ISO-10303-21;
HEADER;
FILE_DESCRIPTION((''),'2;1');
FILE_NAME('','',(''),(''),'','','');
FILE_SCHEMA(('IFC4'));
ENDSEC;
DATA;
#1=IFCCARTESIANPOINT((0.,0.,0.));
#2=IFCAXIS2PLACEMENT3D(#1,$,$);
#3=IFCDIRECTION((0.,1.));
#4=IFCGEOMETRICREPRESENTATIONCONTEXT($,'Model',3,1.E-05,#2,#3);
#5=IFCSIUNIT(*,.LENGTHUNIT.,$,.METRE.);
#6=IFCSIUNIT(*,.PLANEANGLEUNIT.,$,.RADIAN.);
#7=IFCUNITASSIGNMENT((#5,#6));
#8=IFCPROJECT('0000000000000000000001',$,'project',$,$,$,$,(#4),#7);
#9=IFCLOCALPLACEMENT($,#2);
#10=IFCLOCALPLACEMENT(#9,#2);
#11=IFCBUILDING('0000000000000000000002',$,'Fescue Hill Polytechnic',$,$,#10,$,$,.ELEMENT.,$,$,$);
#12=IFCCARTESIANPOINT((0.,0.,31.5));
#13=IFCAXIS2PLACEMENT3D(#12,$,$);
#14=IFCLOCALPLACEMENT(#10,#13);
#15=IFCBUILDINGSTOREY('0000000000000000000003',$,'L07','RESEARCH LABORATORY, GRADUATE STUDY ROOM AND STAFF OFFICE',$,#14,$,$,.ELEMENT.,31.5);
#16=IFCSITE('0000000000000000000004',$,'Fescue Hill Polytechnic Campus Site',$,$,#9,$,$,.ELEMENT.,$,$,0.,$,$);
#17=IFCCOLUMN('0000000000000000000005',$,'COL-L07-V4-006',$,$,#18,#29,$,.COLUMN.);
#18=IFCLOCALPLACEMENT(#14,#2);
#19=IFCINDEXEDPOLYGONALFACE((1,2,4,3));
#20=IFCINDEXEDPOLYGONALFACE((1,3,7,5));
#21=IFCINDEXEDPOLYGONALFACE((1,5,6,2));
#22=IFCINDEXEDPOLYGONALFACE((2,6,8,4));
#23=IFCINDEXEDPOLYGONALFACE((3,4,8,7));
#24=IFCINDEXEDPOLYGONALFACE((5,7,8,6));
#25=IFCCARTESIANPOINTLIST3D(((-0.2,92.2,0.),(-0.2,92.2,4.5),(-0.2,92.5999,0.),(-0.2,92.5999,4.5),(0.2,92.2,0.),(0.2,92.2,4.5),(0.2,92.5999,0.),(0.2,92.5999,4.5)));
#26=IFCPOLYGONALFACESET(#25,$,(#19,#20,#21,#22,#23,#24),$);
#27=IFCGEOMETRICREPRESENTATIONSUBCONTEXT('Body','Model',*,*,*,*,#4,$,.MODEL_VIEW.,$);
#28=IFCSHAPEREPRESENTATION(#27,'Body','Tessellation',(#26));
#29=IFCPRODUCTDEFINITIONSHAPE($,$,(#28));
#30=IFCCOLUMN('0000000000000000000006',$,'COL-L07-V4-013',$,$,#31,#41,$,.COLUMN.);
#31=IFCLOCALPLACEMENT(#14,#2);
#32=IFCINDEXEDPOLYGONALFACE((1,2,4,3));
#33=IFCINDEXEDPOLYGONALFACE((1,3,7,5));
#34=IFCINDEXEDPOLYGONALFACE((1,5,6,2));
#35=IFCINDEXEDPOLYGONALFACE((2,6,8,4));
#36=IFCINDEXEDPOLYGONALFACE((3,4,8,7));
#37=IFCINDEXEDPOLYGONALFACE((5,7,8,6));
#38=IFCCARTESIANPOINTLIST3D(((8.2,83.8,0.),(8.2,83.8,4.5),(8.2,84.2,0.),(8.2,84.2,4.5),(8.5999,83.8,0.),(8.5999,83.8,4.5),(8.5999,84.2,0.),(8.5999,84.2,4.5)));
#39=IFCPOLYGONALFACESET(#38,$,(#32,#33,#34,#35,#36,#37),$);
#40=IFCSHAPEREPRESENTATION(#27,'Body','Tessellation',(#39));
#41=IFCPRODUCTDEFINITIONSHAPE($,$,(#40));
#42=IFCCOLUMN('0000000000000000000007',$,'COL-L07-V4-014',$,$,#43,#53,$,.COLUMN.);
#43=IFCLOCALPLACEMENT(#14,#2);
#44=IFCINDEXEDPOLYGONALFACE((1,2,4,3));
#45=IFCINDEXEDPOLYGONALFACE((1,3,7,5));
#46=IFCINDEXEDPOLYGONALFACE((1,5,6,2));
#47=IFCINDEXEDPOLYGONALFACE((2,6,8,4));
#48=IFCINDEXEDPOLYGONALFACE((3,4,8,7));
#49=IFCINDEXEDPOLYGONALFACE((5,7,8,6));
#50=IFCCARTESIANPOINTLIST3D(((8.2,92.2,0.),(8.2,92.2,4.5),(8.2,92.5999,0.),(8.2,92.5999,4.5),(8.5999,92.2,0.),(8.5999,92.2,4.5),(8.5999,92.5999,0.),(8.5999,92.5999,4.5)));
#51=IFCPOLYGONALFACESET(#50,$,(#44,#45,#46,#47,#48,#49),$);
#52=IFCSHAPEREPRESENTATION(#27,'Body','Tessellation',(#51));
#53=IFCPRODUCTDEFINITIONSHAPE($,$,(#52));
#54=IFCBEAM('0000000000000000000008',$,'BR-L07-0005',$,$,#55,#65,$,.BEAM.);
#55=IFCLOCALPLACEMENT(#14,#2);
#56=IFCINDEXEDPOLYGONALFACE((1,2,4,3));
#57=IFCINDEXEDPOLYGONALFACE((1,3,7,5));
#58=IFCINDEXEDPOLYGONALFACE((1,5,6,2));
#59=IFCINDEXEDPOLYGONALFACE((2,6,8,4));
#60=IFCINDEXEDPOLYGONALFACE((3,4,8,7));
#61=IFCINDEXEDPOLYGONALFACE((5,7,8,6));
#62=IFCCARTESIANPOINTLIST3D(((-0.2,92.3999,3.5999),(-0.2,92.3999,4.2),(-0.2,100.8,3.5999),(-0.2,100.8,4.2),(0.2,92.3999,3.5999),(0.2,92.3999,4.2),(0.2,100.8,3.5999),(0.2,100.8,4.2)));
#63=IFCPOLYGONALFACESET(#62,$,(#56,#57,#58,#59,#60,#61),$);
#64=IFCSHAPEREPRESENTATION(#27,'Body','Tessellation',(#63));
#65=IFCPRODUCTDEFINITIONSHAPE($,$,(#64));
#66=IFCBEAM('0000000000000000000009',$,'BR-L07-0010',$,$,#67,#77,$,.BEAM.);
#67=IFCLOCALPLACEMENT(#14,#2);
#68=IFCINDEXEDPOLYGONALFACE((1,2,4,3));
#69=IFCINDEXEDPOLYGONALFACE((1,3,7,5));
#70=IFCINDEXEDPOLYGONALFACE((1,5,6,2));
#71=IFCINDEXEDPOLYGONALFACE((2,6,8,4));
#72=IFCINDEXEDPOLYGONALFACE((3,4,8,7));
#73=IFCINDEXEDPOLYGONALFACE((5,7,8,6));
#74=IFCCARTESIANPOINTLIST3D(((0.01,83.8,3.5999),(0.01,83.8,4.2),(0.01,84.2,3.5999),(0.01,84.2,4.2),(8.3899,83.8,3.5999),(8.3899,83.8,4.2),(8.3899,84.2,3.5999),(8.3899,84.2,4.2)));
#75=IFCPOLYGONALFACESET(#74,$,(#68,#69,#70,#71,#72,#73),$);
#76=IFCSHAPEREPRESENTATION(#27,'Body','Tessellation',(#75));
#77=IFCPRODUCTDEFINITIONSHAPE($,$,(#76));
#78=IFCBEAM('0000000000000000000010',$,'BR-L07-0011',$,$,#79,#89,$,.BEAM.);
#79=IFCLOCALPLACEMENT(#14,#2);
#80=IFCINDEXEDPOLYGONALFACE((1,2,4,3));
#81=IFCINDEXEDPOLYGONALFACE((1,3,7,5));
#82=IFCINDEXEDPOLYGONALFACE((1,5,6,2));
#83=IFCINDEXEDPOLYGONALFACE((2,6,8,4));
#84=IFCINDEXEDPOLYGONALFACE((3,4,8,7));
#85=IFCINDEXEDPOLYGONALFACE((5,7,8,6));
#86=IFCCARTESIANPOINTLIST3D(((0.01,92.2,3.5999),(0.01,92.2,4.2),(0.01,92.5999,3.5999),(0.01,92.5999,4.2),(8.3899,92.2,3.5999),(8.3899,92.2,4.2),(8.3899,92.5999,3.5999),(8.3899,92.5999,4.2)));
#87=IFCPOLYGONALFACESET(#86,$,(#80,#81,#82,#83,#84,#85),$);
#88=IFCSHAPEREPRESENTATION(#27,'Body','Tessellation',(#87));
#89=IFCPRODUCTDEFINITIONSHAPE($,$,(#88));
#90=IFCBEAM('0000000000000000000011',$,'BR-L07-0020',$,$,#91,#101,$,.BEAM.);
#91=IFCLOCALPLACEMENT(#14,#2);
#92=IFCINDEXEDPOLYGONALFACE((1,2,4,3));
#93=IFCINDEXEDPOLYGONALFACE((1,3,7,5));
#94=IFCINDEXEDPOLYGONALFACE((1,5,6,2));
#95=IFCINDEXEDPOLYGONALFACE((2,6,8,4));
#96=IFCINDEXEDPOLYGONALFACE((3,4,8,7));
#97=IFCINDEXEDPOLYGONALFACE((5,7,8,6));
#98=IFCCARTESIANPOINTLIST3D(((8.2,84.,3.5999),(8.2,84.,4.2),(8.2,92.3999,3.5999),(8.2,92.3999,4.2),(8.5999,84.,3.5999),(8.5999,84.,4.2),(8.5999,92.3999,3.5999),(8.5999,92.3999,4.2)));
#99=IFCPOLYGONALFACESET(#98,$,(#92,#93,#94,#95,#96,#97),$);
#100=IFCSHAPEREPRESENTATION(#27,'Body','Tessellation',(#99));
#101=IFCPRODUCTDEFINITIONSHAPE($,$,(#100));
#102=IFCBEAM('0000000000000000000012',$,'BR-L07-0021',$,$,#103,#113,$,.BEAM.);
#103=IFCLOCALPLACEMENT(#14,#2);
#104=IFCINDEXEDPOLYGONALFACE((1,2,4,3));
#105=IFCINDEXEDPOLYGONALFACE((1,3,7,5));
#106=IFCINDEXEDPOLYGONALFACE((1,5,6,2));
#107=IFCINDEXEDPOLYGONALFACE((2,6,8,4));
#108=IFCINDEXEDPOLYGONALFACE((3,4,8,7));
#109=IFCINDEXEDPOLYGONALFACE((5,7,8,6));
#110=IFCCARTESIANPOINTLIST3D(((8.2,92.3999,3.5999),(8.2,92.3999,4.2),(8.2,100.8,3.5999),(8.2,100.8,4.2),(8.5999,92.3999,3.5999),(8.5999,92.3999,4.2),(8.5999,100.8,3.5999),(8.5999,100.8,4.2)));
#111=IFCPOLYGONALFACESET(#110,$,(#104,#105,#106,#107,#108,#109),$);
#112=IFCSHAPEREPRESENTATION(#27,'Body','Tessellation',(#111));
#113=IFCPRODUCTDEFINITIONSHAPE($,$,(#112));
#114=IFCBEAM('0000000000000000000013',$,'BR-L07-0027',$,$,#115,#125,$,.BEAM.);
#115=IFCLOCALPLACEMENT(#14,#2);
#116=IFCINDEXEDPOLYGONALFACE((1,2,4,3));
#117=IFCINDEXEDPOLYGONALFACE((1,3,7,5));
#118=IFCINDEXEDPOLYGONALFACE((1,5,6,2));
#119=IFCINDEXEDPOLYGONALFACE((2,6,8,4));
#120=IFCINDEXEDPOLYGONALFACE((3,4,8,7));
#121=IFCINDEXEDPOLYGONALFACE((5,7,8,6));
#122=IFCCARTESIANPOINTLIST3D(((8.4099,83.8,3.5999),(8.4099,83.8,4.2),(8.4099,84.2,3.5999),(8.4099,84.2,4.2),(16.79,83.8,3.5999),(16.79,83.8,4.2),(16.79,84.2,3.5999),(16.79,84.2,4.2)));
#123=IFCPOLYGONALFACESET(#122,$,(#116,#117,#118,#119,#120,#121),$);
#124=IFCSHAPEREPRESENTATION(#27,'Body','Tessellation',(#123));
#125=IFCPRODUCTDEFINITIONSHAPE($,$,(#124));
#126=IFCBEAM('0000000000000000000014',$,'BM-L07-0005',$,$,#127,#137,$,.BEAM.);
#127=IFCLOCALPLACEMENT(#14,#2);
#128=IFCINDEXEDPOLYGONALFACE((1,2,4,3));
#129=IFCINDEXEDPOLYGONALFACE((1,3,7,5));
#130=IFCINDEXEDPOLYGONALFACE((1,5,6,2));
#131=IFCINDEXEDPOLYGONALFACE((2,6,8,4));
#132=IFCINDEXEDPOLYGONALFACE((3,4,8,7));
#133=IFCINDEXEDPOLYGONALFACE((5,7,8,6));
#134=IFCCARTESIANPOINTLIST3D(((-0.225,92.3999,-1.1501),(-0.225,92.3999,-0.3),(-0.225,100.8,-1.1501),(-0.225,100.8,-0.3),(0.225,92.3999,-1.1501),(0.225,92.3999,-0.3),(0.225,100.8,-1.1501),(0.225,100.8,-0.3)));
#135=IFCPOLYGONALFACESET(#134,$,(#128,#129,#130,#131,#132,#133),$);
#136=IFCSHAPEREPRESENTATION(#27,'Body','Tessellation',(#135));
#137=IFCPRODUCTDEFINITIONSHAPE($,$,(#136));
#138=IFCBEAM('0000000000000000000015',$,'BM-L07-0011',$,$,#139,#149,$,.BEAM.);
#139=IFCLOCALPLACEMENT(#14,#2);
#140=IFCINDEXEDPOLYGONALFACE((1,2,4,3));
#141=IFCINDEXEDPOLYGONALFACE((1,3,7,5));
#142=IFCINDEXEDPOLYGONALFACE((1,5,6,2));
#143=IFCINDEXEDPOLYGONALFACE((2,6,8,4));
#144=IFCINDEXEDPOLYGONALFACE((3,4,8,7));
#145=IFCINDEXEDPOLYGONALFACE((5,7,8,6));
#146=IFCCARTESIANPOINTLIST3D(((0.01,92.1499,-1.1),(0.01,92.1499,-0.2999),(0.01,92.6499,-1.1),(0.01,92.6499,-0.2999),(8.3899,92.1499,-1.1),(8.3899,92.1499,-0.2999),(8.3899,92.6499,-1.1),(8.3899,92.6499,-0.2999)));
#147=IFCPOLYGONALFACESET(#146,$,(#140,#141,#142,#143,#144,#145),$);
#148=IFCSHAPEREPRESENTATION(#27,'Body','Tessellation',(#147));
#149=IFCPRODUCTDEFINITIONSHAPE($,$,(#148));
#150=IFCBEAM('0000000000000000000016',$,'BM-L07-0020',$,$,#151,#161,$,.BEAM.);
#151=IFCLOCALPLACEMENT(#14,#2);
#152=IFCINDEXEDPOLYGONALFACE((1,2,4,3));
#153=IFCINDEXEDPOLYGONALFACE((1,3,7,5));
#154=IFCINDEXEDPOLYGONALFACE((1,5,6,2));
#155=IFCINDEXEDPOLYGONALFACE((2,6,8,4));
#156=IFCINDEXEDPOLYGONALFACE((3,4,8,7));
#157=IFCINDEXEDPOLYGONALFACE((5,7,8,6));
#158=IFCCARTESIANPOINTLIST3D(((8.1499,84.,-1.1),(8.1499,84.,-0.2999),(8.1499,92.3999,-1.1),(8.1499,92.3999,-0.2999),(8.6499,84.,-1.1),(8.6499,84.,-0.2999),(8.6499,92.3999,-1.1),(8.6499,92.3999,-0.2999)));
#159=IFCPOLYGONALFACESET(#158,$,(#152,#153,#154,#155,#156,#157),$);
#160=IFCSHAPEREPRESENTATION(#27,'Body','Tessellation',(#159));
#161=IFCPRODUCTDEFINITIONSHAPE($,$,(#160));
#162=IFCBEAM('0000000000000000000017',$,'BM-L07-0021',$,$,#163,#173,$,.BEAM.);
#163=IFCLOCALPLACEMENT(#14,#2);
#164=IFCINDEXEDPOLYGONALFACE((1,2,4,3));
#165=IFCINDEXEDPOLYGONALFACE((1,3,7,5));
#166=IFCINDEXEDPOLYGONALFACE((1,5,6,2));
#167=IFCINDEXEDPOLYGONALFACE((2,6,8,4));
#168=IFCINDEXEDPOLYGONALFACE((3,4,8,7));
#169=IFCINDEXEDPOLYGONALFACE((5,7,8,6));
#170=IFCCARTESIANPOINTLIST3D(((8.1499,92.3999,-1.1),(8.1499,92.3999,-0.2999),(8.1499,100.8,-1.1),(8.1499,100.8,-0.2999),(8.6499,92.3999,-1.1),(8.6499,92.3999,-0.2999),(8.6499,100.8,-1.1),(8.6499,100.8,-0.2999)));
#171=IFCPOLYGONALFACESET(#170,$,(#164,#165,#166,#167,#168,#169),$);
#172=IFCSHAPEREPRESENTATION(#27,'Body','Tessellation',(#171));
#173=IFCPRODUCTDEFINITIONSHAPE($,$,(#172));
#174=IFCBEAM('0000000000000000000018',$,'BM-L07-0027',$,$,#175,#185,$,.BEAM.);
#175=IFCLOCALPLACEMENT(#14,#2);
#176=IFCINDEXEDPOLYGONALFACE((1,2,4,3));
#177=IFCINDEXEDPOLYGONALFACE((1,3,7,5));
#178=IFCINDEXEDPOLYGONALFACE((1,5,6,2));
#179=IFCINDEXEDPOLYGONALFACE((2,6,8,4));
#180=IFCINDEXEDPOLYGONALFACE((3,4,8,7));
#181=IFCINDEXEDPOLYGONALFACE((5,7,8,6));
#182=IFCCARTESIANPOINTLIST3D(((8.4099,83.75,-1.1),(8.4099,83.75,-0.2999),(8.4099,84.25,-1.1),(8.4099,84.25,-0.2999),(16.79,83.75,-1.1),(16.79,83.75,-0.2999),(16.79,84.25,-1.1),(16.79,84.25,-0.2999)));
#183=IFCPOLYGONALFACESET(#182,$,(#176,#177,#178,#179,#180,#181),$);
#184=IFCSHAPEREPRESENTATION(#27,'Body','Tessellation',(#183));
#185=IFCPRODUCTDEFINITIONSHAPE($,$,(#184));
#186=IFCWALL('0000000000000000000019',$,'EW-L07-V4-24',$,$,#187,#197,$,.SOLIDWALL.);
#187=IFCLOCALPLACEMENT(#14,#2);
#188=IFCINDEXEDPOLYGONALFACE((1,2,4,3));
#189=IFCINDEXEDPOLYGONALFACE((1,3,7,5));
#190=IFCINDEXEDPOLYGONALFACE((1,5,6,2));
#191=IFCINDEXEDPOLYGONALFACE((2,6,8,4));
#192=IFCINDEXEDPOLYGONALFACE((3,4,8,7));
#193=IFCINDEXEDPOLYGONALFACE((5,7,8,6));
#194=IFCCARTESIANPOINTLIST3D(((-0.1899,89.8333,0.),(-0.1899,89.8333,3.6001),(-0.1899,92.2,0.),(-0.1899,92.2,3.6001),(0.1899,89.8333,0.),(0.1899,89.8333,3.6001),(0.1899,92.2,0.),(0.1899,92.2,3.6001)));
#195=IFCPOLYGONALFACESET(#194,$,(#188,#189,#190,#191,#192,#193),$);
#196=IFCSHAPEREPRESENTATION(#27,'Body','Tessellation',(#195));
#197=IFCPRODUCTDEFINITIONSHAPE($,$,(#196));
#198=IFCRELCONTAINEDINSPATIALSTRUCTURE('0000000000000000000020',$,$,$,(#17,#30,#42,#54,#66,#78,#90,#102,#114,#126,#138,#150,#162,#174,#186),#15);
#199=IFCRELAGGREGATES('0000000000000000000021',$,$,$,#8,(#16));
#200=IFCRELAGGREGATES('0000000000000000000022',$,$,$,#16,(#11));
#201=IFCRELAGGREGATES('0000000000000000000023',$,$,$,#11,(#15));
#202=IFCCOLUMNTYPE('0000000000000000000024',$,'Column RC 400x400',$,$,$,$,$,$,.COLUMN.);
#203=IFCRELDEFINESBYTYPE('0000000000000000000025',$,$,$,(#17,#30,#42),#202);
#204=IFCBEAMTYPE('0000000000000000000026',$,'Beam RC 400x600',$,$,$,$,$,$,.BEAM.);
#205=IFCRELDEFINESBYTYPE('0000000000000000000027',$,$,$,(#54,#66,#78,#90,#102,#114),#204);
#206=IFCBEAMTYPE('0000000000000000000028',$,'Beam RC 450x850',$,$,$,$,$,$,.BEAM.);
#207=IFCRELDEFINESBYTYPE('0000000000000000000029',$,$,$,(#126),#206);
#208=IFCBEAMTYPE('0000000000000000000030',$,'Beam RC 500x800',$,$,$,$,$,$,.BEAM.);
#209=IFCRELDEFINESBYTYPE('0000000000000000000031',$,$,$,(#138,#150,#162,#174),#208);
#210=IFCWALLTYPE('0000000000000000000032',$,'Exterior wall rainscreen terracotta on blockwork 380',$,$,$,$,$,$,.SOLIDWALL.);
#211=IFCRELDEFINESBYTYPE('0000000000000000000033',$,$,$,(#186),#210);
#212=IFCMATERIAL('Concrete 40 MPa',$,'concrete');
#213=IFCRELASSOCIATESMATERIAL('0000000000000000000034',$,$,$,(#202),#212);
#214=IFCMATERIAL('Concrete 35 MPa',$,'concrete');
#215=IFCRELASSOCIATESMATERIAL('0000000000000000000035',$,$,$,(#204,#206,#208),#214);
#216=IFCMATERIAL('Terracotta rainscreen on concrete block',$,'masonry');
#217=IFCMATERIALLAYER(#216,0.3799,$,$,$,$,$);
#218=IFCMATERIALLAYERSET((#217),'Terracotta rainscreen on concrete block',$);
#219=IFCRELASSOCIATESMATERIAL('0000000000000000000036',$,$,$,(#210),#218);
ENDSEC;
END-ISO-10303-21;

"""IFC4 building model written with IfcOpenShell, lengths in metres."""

from ifc_helpers import new_model, si_unit, direction, frame, frame_2d, origin, origin_2d, place, context, subcontext, project, spatial, rectangle, extrude, material, layer, layer_set, material_profile, profile_set, type_object, element, save


model = new_model("IFC4")

# Units and contexts
model_context = context("Model", 3, precision=1e-05, world=origin(), true_north=direction((0.0, 1.0)))
body_context = subcontext(model_context, "Body", "Model", "MODEL_VIEW")
ifc_project = project(units=[si_unit("LENGTHUNIT", "METRE"), si_unit("PLANEANGLEUNIT", "RADIAN")], contexts=[model_context])

# Site, building, storey
site_placement = place(None, origin())
site = spatial("IfcSite", under=ifc_project, at=site_placement, Name="Fescue Hill Polytechnic Campus Site", CompositionType="ELEMENT", RefElevation=0.0)
building_placement = place(site_placement, origin())
building = spatial("IfcBuilding", under=site, at=building_placement, Name="Fescue Hill Polytechnic", CompositionType="ELEMENT")
storey_placement = place(building_placement, frame((0.0, 0.0, 31.5)))
storey = spatial("IfcBuildingStorey", under=building, at=storey_placement, Name="L07", Description="RESEARCH LABORATORY, GRADUATE STUDY ROOM AND STAFF OFFICE", CompositionType="ELEMENT", Elevation=31.5)

# Columns
ifc_material_1 = material(Name="Concrete 40 MPa", Category="concrete")
ifc_material_profile_1 = material_profile(ifc_material_1, rectangle(XDim=0.3999, YDim=0.3999, at=origin_2d()), Name="RC 400x400")
ifc_profile_set_1 = profile_set([ifc_material_profile_1], Name="Concrete 40 MPa")
column_type = type_object("IfcColumnType", Name="Column RC 400x400", PredefinedType="COLUMN", material=ifc_profile_set_1)
for number, where, z_axis, x_axis, name in (
    (1, (0.0, 92.3999, 0.0), (0.0, 0.0, 1.0), (1.0, 0.0, 0.0), "COL-L07-V4-006"),
    (2, (8.3999, 84.0, 0.0), (0.0, 0.0, 1.0), (1.0, 0.0, 0.0), "COL-L07-V4-013"),
    (3, (8.3999, 92.3999, 0.0), (0.0, 0.0, 1.0), (1.0, 0.0, 0.0), "COL-L07-V4-014"),
):
    element("IfcColumn", number, at=place(storey_placement, frame(where, z_axis=z_axis, x_axis=x_axis)), inside=storey, type_object=column_type, Name=name, PredefinedType="COLUMN", context=body_context, shape_type="SweptSolid", body=[
        extrude(rectangle(XDim=0.3999, YDim=0.3999, at=origin_2d()), origin(), (0.0, 0.0, 1.0), 4.5),
    ])

# Beams
ifc_material_2 = material(Name="Concrete 35 MPa", Category="concrete")
ifc_material_profile_2 = material_profile(ifc_material_2, rectangle(XDim=0.3999, YDim=0.6001, at=origin_2d()), Name="RC 400x600")
ifc_profile_set_2 = profile_set([ifc_material_profile_2], Name="Concrete 35 MPa")
beam_type_1 = type_object("IfcBeamType", Name="Beam RC 400x600", PredefinedType="BEAM", material=ifc_profile_set_2)
beam_1_placement = place(storey_placement, frame((0.0, 92.3999, 3.8999), z_axis=(0.0, 1.0, 0.0), x_axis=(-1.0, 0.0, 0.0)))
element("IfcBeam", 4, at=beam_1_placement, inside=storey, type_object=beam_type_1, Name="BR-L07-0005", PredefinedType="BEAM", context=body_context, shape_type="SweptSolid", body=[
    extrude(rectangle(XDim=0.3999, YDim=0.6001, at=origin_2d()), origin(), (0.0, 0.0, 1.0), 8.4001),
])
for number, where, z_axis, x_axis, name in (
    (5, (0.01, 84.0, 3.8999), (1.0, 0.0, 0.0), (0.0, 1.0, 0.0), "BR-L07-0010"),
    (6, (0.01, 92.3999, 3.8999), (1.0, 0.0, 0.0), (0.0, 1.0, 0.0), "BR-L07-0011"),
):
    element("IfcBeam", number, at=place(storey_placement, frame(where, z_axis=z_axis, x_axis=x_axis)), inside=storey, type_object=beam_type_1, Name=name, PredefinedType="BEAM", context=body_context, shape_type="SweptSolid", body=[
        extrude(rectangle(XDim=0.3999, YDim=0.6001, at=origin_2d()), origin(), (0.0, 0.0, 1.0), 8.3799),
    ])
beam_2_placement = place(storey_placement, frame((8.3999, 84.0, 3.8999), z_axis=(0.0, 1.0, 0.0), x_axis=(-1.0, 0.0, 0.0)))
element("IfcBeam", 7, at=beam_2_placement, inside=storey, type_object=beam_type_1, Name="BR-L07-0020", PredefinedType="BEAM", context=body_context, shape_type="SweptSolid", body=[
    extrude(rectangle(XDim=0.3999, YDim=0.6001, at=origin_2d()), origin(), (0.0, 0.0, 1.0), 8.3999),
])
beam_3_placement = place(storey_placement, frame((8.3999, 92.3999, 3.8999), z_axis=(0.0, 1.0, 0.0), x_axis=(-1.0, 0.0, 0.0)))
element("IfcBeam", 8, at=beam_3_placement, inside=storey, type_object=beam_type_1, Name="BR-L07-0021", PredefinedType="BEAM", context=body_context, shape_type="SweptSolid", body=[
    extrude(rectangle(XDim=0.3999, YDim=0.6001, at=origin_2d()), origin(), (0.0, 0.0, 1.0), 8.4001),
])
beam_4_placement = place(storey_placement, frame((8.4099, 84.0, 3.8999), z_axis=(1.0, 0.0, 0.0), x_axis=(0.0, 1.0, 0.0)))
element("IfcBeam", 9, at=beam_4_placement, inside=storey, type_object=beam_type_1, Name="BR-L07-0027", PredefinedType="BEAM", context=body_context, shape_type="SweptSolid", body=[
    extrude(rectangle(XDim=0.3999, YDim=0.6001, at=origin_2d()), origin(), (0.0, 0.0, 1.0), 8.3801),
])
ifc_material_profile_3 = material_profile(ifc_material_2, rectangle(XDim=0.45, YDim=0.8501, at=origin_2d()), Name="RC 450x850")
ifc_profile_set_3 = profile_set([ifc_material_profile_3], Name="Concrete 35 MPa")
beam_type_2 = type_object("IfcBeamType", Name="Beam RC 450x850", PredefinedType="BEAM", material=ifc_profile_set_3)
beam_5_placement = place(storey_placement, frame((0.0, 92.3999, -0.7251), z_axis=(0.0, 1.0, 0.0), x_axis=(-1.0, 0.0, 0.0)))
element("IfcBeam", 10, at=beam_5_placement, inside=storey, type_object=beam_type_2, Name="BM-L07-0005", PredefinedType="BEAM", context=body_context, shape_type="SweptSolid", body=[
    extrude(rectangle(XDim=0.45, YDim=0.8501, at=origin_2d()), origin(), (0.0, 0.0, 1.0), 8.4001),
])
ifc_material_profile_4 = material_profile(ifc_material_2, rectangle(XDim=0.5, YDim=0.8, at=origin_2d()), Name="RC 500x800")
ifc_profile_set_4 = profile_set([ifc_material_profile_4], Name="Concrete 35 MPa")
beam_type_3 = type_object("IfcBeamType", Name="Beam RC 500x800", PredefinedType="BEAM", material=ifc_profile_set_4)
beam_6_placement = place(storey_placement, frame((0.01, 92.3999, -0.7), z_axis=(1.0, 0.0, 0.0), x_axis=(0.0, 1.0, 0.0)))
element("IfcBeam", 11, at=beam_6_placement, inside=storey, type_object=beam_type_3, Name="BM-L07-0011", PredefinedType="BEAM", context=body_context, shape_type="SweptSolid", body=[
    extrude(rectangle(XDim=0.5, YDim=0.8, at=origin_2d()), origin(), (0.0, 0.0, 1.0), 8.3799),
])
beam_7_placement = place(storey_placement, frame((8.3999, 84.0, -0.7), z_axis=(0.0, 1.0, 0.0), x_axis=(-1.0, 0.0, 0.0)))
element("IfcBeam", 12, at=beam_7_placement, inside=storey, type_object=beam_type_3, Name="BM-L07-0020", PredefinedType="BEAM", context=body_context, shape_type="SweptSolid", body=[
    extrude(rectangle(XDim=0.5, YDim=0.8, at=origin_2d()), origin(), (0.0, 0.0, 1.0), 8.3999),
])
beam_8_placement = place(storey_placement, frame((8.3999, 92.3999, -0.7), z_axis=(0.0, 1.0, 0.0), x_axis=(-1.0, 0.0, 0.0)))
element("IfcBeam", 13, at=beam_8_placement, inside=storey, type_object=beam_type_3, Name="BM-L07-0021", PredefinedType="BEAM", context=body_context, shape_type="SweptSolid", body=[
    extrude(rectangle(XDim=0.5, YDim=0.8, at=origin_2d()), origin(), (0.0, 0.0, 1.0), 8.4001),
])
beam_9_placement = place(storey_placement, frame((8.4099, 84.0, -0.7), z_axis=(1.0, 0.0, 0.0), x_axis=(0.0, 1.0, 0.0)))
element("IfcBeam", 14, at=beam_9_placement, inside=storey, type_object=beam_type_3, Name="BM-L07-0027", PredefinedType="BEAM", context=body_context, shape_type="SweptSolid", body=[
    extrude(rectangle(XDim=0.5, YDim=0.8, at=origin_2d()), origin(), (0.0, 0.0, 1.0), 8.3801),
])

# Wall
ifc_material_3 = material(Name="Terracotta rainscreen on concrete block", Category="masonry")
ifc_layer_1 = layer(ifc_material_3, 0.3799)
ifc_layer_set_1 = layer_set([ifc_layer_1], Name="Terracotta rainscreen on concrete block")
wall_type_1 = type_object("IfcWallType", Name="Exterior wall rainscreen terracotta on blockwork 380", PredefinedType="SOLIDWALL", material=ifc_layer_set_1)
wall_1_placement = place(storey_placement, frame((0.0, 92.2, 0.0), z_axis=(0.0, 0.0, 1.0), x_axis=(0.0, -1.0, 0.0)))
element("IfcWall", 15, at=wall_1_placement, inside=storey, type_object=wall_type_1, Name="EW-L07-V4-24", PredefinedType="SOLIDWALL", context=body_context, shape_type="SweptSolid", body=[
    extrude(rectangle(XDim=2.3667, YDim=0.3799, at=frame_2d((1.1833, 0.0))), origin(), (0.0, 0.0, 1.0), 3.6001),
])

save(model, "model.ifc")
